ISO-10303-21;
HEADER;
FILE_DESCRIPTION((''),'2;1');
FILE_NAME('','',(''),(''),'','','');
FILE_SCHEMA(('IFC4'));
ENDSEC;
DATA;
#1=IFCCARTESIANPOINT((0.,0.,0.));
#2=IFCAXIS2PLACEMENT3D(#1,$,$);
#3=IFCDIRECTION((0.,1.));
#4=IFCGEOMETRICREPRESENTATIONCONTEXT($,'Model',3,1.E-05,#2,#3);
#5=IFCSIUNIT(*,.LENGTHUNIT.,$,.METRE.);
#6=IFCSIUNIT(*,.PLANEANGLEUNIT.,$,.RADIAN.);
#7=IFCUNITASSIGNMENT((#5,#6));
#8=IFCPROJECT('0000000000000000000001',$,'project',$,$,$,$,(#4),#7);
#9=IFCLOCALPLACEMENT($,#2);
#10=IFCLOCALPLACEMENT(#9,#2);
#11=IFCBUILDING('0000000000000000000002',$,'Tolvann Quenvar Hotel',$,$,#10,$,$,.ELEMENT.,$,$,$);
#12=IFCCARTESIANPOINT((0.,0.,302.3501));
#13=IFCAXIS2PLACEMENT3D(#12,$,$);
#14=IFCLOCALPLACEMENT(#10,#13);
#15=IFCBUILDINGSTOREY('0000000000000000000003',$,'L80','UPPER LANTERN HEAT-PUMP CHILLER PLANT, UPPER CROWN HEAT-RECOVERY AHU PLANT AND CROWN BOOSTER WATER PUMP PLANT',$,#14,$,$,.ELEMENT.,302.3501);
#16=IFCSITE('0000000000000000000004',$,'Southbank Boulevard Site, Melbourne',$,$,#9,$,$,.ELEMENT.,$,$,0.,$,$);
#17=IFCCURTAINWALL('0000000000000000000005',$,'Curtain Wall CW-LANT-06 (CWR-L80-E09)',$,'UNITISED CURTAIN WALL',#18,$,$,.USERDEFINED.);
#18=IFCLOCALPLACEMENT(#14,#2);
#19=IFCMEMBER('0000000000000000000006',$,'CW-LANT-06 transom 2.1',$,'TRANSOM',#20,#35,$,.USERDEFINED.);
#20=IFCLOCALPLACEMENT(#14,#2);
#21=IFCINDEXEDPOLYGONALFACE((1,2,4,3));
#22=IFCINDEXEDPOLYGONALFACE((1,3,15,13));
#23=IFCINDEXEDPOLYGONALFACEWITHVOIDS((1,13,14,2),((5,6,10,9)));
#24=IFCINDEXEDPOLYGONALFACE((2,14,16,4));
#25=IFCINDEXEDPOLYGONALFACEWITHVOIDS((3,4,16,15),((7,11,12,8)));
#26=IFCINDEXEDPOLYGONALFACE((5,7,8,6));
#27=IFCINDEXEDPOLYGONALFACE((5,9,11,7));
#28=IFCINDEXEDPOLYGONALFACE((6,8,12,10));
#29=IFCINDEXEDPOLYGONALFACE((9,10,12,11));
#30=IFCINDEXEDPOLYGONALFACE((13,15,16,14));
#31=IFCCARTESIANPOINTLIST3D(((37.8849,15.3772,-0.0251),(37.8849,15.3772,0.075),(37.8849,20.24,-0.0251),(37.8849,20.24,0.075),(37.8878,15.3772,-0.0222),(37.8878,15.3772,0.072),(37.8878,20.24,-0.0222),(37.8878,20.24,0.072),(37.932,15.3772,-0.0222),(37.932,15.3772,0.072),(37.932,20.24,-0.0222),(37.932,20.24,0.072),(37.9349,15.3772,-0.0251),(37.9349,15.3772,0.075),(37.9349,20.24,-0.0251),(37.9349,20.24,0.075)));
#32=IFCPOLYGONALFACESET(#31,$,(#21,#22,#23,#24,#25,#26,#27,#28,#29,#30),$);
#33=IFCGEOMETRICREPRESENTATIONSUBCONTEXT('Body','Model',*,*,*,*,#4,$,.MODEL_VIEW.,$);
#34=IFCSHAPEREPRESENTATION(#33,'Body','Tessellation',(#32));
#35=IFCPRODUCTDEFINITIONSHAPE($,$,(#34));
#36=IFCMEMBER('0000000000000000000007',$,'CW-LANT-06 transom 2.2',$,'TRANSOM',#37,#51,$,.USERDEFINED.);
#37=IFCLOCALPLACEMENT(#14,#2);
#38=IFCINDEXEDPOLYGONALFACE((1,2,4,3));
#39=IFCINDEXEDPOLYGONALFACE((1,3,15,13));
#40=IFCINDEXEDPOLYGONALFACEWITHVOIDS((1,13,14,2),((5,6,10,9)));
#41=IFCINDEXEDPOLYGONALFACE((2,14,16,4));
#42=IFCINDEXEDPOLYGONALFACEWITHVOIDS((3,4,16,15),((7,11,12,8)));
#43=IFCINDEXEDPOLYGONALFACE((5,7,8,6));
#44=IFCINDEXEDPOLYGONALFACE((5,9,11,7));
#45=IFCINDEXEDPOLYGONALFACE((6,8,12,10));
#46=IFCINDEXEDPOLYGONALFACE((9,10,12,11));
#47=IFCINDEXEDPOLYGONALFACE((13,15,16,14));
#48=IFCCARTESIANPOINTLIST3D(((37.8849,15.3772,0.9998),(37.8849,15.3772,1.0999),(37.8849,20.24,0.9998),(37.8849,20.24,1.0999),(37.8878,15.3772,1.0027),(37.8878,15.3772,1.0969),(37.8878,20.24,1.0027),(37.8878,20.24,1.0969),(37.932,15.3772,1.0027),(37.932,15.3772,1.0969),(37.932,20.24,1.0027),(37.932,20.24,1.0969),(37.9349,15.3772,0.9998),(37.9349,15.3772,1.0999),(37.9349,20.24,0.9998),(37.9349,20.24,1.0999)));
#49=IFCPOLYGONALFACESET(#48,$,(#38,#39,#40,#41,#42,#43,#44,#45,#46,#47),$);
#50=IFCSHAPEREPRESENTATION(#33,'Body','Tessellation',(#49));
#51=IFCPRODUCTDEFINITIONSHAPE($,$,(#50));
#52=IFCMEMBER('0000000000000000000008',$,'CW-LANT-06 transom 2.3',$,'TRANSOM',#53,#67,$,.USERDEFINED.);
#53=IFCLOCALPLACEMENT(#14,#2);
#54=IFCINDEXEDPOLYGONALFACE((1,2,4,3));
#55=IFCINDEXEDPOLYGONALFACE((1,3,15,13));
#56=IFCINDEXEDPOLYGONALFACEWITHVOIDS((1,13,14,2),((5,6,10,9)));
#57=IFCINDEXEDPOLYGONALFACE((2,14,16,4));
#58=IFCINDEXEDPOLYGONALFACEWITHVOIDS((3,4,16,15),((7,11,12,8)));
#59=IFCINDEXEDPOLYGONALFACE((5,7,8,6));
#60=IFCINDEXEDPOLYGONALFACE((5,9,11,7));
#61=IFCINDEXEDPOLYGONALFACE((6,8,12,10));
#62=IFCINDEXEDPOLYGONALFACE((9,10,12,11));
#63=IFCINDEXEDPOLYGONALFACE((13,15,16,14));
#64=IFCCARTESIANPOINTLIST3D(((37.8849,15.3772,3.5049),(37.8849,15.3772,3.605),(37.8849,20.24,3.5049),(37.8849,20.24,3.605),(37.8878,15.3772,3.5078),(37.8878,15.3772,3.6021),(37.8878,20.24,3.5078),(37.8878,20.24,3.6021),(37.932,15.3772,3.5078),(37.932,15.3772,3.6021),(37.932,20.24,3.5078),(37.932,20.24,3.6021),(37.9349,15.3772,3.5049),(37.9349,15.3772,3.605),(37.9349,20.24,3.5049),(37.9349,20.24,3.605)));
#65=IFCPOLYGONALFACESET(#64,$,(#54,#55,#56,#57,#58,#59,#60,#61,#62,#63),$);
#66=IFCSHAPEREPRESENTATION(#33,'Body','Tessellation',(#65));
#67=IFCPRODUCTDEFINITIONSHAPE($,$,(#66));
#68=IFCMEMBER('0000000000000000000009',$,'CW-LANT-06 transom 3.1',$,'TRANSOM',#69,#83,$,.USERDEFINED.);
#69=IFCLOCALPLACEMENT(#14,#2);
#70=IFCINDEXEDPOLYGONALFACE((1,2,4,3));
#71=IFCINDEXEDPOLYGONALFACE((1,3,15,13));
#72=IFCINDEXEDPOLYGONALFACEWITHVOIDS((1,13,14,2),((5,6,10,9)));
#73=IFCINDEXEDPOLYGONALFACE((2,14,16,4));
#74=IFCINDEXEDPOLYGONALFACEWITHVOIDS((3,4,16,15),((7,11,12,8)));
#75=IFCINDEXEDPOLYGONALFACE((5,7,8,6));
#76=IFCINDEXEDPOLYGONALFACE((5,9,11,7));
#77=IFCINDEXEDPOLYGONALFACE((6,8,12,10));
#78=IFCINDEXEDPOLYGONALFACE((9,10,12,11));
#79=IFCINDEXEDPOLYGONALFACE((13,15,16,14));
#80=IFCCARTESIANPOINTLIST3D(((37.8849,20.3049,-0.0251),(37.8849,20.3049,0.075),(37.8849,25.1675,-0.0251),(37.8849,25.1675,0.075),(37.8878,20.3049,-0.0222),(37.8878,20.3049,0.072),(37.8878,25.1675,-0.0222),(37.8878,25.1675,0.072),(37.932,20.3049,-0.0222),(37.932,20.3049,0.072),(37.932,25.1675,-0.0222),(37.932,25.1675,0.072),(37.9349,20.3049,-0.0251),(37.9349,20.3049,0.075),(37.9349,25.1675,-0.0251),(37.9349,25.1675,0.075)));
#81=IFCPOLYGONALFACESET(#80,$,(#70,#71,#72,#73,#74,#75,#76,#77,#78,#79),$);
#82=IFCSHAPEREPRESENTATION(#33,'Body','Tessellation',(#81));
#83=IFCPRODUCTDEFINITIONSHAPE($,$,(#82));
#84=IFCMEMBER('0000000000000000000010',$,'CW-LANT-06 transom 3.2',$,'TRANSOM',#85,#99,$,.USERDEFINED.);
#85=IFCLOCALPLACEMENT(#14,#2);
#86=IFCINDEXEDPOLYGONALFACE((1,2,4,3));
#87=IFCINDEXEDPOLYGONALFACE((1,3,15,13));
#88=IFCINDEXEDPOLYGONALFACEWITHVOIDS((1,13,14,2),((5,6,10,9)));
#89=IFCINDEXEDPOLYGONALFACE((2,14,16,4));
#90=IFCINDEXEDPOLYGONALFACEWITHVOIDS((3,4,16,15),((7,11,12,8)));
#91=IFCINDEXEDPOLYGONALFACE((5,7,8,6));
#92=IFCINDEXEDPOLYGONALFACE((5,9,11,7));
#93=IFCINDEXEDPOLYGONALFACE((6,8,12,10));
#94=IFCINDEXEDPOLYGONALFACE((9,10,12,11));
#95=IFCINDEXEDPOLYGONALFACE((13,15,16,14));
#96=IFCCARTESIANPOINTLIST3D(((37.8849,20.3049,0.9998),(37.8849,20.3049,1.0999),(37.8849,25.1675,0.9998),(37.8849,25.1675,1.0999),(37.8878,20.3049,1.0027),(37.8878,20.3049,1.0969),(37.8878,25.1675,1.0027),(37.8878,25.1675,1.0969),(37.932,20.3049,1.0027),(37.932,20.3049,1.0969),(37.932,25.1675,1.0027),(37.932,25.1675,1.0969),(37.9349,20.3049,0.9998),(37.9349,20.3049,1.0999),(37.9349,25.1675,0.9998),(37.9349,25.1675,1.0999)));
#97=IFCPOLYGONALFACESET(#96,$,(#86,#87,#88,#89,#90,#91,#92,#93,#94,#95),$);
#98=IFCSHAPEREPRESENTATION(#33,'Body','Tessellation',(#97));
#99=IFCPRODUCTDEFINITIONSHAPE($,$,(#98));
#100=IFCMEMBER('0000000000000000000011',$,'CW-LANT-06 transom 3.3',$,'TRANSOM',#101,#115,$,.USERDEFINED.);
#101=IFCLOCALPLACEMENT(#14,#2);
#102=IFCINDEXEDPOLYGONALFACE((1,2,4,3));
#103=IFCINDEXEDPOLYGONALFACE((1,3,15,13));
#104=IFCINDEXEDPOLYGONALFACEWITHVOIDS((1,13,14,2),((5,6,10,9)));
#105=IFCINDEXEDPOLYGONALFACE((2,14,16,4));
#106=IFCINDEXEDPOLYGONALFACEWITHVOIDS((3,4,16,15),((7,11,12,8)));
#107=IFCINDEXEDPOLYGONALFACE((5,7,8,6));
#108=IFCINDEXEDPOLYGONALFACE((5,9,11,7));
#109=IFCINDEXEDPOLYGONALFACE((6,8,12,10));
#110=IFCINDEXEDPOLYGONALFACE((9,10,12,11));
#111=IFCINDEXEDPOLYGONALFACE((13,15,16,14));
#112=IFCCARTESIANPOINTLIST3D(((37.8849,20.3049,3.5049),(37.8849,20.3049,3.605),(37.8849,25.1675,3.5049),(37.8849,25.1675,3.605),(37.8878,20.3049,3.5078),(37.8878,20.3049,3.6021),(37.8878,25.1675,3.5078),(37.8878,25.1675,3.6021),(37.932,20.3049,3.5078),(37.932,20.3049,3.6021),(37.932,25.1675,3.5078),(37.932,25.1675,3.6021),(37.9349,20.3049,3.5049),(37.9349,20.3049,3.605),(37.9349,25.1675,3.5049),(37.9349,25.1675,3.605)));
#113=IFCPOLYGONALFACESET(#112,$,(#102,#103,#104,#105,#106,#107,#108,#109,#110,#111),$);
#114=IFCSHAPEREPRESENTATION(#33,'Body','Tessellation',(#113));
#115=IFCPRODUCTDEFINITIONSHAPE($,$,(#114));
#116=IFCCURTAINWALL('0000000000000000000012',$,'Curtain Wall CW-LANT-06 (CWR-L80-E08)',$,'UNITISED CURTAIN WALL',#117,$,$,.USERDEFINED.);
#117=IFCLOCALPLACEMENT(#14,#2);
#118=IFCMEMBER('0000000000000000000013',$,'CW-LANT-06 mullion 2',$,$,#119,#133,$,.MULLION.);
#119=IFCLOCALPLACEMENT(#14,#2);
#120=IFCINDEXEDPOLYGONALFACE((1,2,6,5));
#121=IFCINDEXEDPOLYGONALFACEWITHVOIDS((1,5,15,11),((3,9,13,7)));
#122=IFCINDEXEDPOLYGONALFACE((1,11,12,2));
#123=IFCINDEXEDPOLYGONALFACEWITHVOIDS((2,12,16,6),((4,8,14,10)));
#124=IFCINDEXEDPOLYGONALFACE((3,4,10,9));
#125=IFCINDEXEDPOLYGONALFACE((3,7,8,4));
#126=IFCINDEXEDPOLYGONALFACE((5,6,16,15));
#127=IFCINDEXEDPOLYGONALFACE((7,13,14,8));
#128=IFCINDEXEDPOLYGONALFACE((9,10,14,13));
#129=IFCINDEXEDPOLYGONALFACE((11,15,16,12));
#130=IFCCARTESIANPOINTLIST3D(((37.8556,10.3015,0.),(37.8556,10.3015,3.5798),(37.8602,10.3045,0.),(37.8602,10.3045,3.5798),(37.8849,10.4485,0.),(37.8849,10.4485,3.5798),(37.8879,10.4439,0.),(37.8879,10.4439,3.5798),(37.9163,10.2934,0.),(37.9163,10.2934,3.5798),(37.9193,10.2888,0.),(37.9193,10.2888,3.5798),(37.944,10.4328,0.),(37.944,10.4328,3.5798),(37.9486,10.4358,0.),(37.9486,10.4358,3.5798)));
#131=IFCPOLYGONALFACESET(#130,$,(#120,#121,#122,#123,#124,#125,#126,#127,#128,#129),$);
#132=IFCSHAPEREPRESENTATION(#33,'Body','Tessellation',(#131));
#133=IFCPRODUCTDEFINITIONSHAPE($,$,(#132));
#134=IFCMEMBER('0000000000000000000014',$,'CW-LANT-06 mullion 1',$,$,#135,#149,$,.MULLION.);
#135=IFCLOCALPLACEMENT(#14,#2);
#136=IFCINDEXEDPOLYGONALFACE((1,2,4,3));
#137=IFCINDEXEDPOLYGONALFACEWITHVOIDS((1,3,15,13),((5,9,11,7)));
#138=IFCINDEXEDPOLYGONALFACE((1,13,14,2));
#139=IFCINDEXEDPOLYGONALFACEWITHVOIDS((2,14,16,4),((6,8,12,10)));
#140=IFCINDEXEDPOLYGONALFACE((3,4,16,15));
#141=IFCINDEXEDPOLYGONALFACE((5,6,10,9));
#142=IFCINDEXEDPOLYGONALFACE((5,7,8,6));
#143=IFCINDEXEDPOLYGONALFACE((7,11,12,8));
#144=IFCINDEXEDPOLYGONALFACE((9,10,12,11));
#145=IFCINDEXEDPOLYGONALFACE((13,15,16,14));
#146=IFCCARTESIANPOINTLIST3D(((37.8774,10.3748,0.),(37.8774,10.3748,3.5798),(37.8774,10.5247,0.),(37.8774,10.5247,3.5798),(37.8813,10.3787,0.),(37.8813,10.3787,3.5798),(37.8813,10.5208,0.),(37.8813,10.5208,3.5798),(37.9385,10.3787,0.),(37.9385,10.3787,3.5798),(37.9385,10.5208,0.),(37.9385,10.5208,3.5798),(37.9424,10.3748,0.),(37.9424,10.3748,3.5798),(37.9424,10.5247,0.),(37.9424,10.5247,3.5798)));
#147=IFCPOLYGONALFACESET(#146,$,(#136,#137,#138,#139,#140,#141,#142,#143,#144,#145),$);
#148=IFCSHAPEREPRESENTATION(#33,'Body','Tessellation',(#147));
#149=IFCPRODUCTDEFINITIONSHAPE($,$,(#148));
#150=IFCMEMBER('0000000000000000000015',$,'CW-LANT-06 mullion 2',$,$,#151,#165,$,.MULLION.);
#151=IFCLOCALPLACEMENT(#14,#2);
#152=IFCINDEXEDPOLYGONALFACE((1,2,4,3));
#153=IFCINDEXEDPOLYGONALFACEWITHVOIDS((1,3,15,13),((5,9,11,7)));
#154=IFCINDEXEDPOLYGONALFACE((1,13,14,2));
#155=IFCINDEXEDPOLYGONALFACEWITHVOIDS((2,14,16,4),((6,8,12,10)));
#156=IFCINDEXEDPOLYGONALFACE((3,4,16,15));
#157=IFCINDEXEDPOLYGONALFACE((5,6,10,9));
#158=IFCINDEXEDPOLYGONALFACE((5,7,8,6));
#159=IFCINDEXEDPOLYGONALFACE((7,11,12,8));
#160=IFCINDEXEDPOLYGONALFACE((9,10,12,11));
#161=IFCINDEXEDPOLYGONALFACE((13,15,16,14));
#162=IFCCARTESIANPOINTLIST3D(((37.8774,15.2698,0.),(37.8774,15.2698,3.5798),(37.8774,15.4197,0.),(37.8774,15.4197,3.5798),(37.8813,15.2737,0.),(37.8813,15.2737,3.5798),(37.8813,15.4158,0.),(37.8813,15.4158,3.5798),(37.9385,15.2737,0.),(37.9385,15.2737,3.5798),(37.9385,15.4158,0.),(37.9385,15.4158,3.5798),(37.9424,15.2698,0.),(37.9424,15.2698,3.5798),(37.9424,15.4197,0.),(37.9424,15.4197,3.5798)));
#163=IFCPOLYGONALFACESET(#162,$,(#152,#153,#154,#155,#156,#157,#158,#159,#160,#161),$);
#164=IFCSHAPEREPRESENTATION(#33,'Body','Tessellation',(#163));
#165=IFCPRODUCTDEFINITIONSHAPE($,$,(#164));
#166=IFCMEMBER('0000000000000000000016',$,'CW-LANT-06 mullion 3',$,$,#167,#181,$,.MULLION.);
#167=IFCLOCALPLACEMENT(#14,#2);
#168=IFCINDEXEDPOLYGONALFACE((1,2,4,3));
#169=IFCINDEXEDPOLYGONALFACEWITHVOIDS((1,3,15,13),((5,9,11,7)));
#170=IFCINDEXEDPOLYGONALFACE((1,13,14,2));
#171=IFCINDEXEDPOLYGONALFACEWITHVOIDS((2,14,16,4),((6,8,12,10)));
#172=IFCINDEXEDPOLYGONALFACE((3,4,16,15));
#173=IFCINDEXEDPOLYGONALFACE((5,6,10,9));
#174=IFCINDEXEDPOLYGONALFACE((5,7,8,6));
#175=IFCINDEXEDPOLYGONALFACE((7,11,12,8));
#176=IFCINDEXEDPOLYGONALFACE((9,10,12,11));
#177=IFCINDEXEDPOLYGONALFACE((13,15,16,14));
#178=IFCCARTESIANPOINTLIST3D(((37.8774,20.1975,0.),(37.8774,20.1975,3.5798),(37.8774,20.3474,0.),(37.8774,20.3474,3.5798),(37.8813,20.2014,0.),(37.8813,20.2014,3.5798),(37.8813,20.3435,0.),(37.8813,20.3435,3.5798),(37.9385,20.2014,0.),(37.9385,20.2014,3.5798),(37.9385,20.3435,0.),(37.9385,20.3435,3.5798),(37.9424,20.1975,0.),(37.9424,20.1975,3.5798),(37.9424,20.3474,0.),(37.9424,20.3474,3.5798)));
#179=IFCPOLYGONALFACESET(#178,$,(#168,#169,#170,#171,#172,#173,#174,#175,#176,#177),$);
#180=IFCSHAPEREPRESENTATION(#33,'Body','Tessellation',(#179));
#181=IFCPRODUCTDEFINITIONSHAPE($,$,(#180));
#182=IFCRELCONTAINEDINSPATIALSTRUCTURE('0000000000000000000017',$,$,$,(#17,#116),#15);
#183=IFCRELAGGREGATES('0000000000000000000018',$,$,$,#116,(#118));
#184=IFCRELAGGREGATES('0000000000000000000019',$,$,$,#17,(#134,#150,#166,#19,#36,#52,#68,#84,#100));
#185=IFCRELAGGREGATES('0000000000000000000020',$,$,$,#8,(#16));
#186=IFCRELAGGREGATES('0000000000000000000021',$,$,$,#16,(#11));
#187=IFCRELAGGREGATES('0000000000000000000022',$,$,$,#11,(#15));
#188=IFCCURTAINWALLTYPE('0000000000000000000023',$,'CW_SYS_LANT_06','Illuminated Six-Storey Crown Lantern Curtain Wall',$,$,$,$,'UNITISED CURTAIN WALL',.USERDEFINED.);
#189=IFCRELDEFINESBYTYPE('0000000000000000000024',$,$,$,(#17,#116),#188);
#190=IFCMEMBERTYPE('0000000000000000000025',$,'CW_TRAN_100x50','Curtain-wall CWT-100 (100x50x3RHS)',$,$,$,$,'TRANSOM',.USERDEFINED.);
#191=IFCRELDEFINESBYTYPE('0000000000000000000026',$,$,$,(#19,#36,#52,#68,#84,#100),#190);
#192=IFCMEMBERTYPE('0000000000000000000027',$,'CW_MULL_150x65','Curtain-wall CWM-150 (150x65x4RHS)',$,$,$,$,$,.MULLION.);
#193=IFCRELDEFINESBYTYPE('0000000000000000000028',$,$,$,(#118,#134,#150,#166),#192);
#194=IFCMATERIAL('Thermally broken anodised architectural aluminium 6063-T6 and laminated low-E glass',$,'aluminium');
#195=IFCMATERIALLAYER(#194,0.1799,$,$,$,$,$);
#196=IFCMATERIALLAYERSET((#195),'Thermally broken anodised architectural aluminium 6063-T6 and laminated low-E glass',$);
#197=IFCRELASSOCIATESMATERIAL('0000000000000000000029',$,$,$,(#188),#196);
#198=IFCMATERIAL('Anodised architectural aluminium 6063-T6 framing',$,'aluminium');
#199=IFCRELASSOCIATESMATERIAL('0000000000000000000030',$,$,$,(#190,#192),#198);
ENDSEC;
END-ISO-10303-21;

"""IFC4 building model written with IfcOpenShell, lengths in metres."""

from ifc_helpers import new_model, si_unit, direction, frame, origin, origin_2d, place, context, subcontext, project, spatial, hollow_rectangle, extrude, source, transform, mapped, material, layer, layer_set, material_profile, profile_set, type_object, type_shapes, element, aggregate, save


model = new_model("IFC4")

# Units and contexts
model_context = context("Model", 3, precision=1e-05, world=origin(), true_north=direction((0.0, 1.0)))
body_context = subcontext(model_context, "Body", "Model", "MODEL_VIEW")
ifc_project = project(units=[si_unit("LENGTHUNIT", "METRE"), si_unit("PLANEANGLEUNIT", "RADIAN")], contexts=[model_context])

# Site, building, storey
site_placement = place(None, origin())
site = spatial("IfcSite", under=ifc_project, at=site_placement, Name="Southbank Boulevard Site, Melbourne", CompositionType="ELEMENT", RefElevation=0.0)
building_placement = place(site_placement, origin())
building = spatial("IfcBuilding", under=site, at=building_placement, Name="Tolvann Quenvar Hotel", CompositionType="ELEMENT")
storey_placement = place(building_placement, frame((0.0, 0.0, 302.3501)))
storey = spatial("IfcBuildingStorey", under=building, at=storey_placement, Name="L80", Description="UPPER LANTERN HEAT-PUMP CHILLER PLANT, UPPER CROWN HEAT-RECOVERY AHU PLANT AND CROWN BOOSTER WATER PUMP PLANT", CompositionType="ELEMENT", Elevation=302.3501)

# Curtain wall, members
ifc_material_1 = material(Name="Thermally broken anodised architectural aluminium 6063-T6 and laminated low-E glass", Category="aluminium")
ifc_layer_1 = layer(ifc_material_1, 0.1799)
ifc_layer_set_1 = layer_set([ifc_layer_1], Name="Thermally broken anodised architectural aluminium 6063-T6 and laminated low-E glass")
curtain_wall_type = type_object("IfcCurtainWallType", Name="CW_SYS_LANT_06", Description="Illuminated Six-Storey Crown Lantern Curtain Wall", ElementType="UNITISED CURTAIN WALL", PredefinedType="USERDEFINED", material=ifc_layer_set_1)
curtain_wall_1_placement = place(storey_placement, origin())
curtain_wall_1 = element("IfcCurtainWall", 1, at=curtain_wall_1_placement, inside=storey, type_object=curtain_wall_type, Name="Curtain Wall CW-LANT-06 (CWR-L80-E09)", ObjectType="UNITISED CURTAIN WALL", PredefinedType="USERDEFINED")
ifc_material_2 = material(Name="Anodised architectural aluminium 6063-T6 framing", Category="aluminium")
ifc_material_profile_1 = material_profile(ifc_material_2, hollow_rectangle(XDim=0.05, YDim=0.1001, WallThickness=0.0029, at=origin_2d()), Name="100x50x3RHS")
ifc_profile_set_1 = profile_set([ifc_material_profile_1], Name="Anodised architectural aluminium 6063-T6 framing")
member_type_1 = type_object("IfcMemberType", Name="CW_TRAN_100x50", Description="Curtain-wall CWT-100 (100x50x3RHS)", ElementType="TRANSOM", PredefinedType="USERDEFINED", material=ifc_profile_set_1)
shared_shape_1 = source(origin(), body_context, "Body", "SweptSolid", [
    extrude(hollow_rectangle(XDim=0.05, YDim=0.1001, WallThickness=0.0029, at=origin_2d()), origin(), (0.0, 0.0, 1.0), 4.8628),
])
member_1_placement = place(storey_placement, frame((37.9099, 15.3772, 0.0249), z_axis=(0.0, 1.0, 0.0), x_axis=(-1.0, 0.0, 0.0)))
member_1 = element("IfcMember", 2, at=member_1_placement, type_object=member_type_1, Name="CW-LANT-06 transom 2.1", ObjectType="TRANSOM", PredefinedType="USERDEFINED", context=body_context, shape_type="MappedRepresentation", body=[
    mapped(shared_shape_1, transform((0.0, 0.0, 0.0), x_axis=(1.0, 0.0, 0.0), y_axis=(0.0, 1.0, 0.0), z_axis=(0.0, 0.0, 1.0), scale=1.0)),
])
member_2_placement = place(storey_placement, frame((37.9099, 15.3772, 1.0498), z_axis=(0.0, 1.0, 0.0), x_axis=(-1.0, 0.0, 0.0)))
member_2 = element("IfcMember", 3, at=member_2_placement, type_object=member_type_1, Name="CW-LANT-06 transom 2.2", ObjectType="TRANSOM", PredefinedType="USERDEFINED", context=body_context, shape_type="MappedRepresentation", body=[
    mapped(shared_shape_1, transform((0.0, 0.0, 0.0), x_axis=(1.0, 0.0, 0.0), y_axis=(0.0, 1.0, 0.0), z_axis=(0.0, 0.0, 1.0), scale=1.0)),
])
member_3_placement = place(storey_placement, frame((37.9099, 15.3772, 3.5549), z_axis=(0.0, 1.0, 0.0), x_axis=(-1.0, 0.0, 0.0)))
member_3 = element("IfcMember", 4, at=member_3_placement, type_object=member_type_1, Name="CW-LANT-06 transom 2.3", ObjectType="TRANSOM", PredefinedType="USERDEFINED", context=body_context, shape_type="MappedRepresentation", body=[
    mapped(shared_shape_1, transform((0.0, 0.0, 0.0), x_axis=(1.0, 0.0, 0.0), y_axis=(0.0, 1.0, 0.0), z_axis=(0.0, 0.0, 1.0), scale=1.0)),
])
shared_shape_2 = source(origin(), body_context, "Body", "SweptSolid", [
    extrude(hollow_rectangle(XDim=0.05, YDim=0.1001, WallThickness=0.0029, at=origin_2d()), origin(), (0.0, 0.0, 1.0), 4.8625),
])
member_4_placement = place(storey_placement, frame((37.9099, 20.3049, 0.0249), z_axis=(0.0, 1.0, 0.0), x_axis=(-1.0, 0.0, 0.0)))
member_4 = element("IfcMember", 5, at=member_4_placement, type_object=member_type_1, Name="CW-LANT-06 transom 3.1", ObjectType="TRANSOM", PredefinedType="USERDEFINED", context=body_context, shape_type="MappedRepresentation", body=[
    mapped(shared_shape_2, transform((0.0, 0.0, 0.0), x_axis=(1.0, 0.0, 0.0), y_axis=(0.0, 1.0, 0.0), z_axis=(0.0, 0.0, 1.0), scale=1.0)),
])
member_5_placement = place(storey_placement, frame((37.9099, 20.3049, 1.0498), z_axis=(0.0, 1.0, 0.0), x_axis=(-1.0, 0.0, 0.0)))
member_5 = element("IfcMember", 6, at=member_5_placement, type_object=member_type_1, Name="CW-LANT-06 transom 3.2", ObjectType="TRANSOM", PredefinedType="USERDEFINED", context=body_context, shape_type="MappedRepresentation", body=[
    mapped(shared_shape_2, transform((0.0, 0.0, 0.0), x_axis=(1.0, 0.0, 0.0), y_axis=(0.0, 1.0, 0.0), z_axis=(0.0, 0.0, 1.0), scale=1.0)),
])
member_6_placement = place(storey_placement, frame((37.9099, 20.3049, 3.5549), z_axis=(0.0, 1.0, 0.0), x_axis=(-1.0, 0.0, 0.0)))
member_6 = element("IfcMember", 7, at=member_6_placement, type_object=member_type_1, Name="CW-LANT-06 transom 3.3", ObjectType="TRANSOM", PredefinedType="USERDEFINED", context=body_context, shape_type="MappedRepresentation", body=[
    mapped(shared_shape_2, transform((0.0, 0.0, 0.0), x_axis=(1.0, 0.0, 0.0), y_axis=(0.0, 1.0, 0.0), z_axis=(0.0, 0.0, 1.0), scale=1.0)),
])

# Curtain wall, member
curtain_wall_2_placement = place(storey_placement, origin())
curtain_wall_2 = element("IfcCurtainWall", 8, at=curtain_wall_2_placement, inside=storey, type_object=curtain_wall_type, Name="Curtain Wall CW-LANT-06 (CWR-L80-E08)", ObjectType="UNITISED CURTAIN WALL", PredefinedType="USERDEFINED")
ifc_material_profile_2 = material_profile(ifc_material_2, hollow_rectangle(XDim=0.0649, YDim=0.1499, WallThickness=0.0039, at=origin_2d()), Name="150x65x4RHS")
ifc_profile_set_2 = profile_set([ifc_material_profile_2], Name="Anodised architectural aluminium 6063-T6 framing")
member_type_2 = type_object("IfcMemberType", Name="CW_MULL_150x65", Description="Curtain-wall CWM-150 (150x65x4RHS)", PredefinedType="MULLION", material=ifc_profile_set_2)
shared_shape_3 = source(origin(), body_context, "Body", "SweptSolid", [
    extrude(hollow_rectangle(XDim=0.0649, YDim=0.1499, WallThickness=0.0039, at=origin_2d()), origin(), (0.0, 0.0, 1.0), 3.5798),
])
type_shapes(member_type_2, [shared_shape_3])
member_7_placement = place(storey_placement, frame((37.9021, 10.3687, 0.0), z_axis=(0.0, 0.0, 1.0), x_axis=(-0.980791, 0.195062, 0.0)))
member_7 = element("IfcMember", 9, at=member_7_placement, type_object=member_type_2, Name="CW-LANT-06 mullion 2", PredefinedType="MULLION", context=body_context, shape_type="MappedRepresentation", body=[
    mapped(shared_shape_3, transform((0.0, 0.0, 0.0), x_axis=(1.0, 0.0, 0.0), y_axis=(0.0, 1.0, 0.0), z_axis=(0.0, 0.0, 1.0), scale=1.0)),
])

# Members
member_8_placement = place(storey_placement, frame((37.9099, 10.4497, 0.0), z_axis=(0.0, 0.0, 1.0), x_axis=(-1.0, 0.0, 0.0)))
member_8 = element("IfcMember", 10, at=member_8_placement, type_object=member_type_2, Name="CW-LANT-06 mullion 1", PredefinedType="MULLION", context=body_context, shape_type="MappedRepresentation", body=[
    mapped(shared_shape_3, transform((0.0, 0.0, 0.0), x_axis=(1.0, 0.0, 0.0), y_axis=(0.0, 1.0, 0.0), z_axis=(0.0, 0.0, 1.0), scale=1.0)),
])
member_9_placement = place(storey_placement, frame((37.9099, 15.3447, 0.0), z_axis=(0.0, 0.0, 1.0), x_axis=(-1.0, 0.0, 0.0)))
member_9 = element("IfcMember", 11, at=member_9_placement, type_object=member_type_2, Name="CW-LANT-06 mullion 2", PredefinedType="MULLION", context=body_context, shape_type="MappedRepresentation", body=[
    mapped(shared_shape_3, transform((0.0, 0.0, 0.0), x_axis=(1.0, 0.0, 0.0), y_axis=(0.0, 1.0, 0.0), z_axis=(0.0, 0.0, 1.0), scale=1.0)),
])
member_10_placement = place(storey_placement, frame((37.9099, 20.2725, 0.0), z_axis=(0.0, 0.0, 1.0), x_axis=(-1.0, 0.0, 0.0)))
member_10 = element("IfcMember", 12, at=member_10_placement, type_object=member_type_2, Name="CW-LANT-06 mullion 3", PredefinedType="MULLION", context=body_context, shape_type="MappedRepresentation", body=[
    mapped(shared_shape_3, transform((0.0, 0.0, 0.0), x_axis=(1.0, 0.0, 0.0), y_axis=(0.0, 1.0, 0.0), z_axis=(0.0, 0.0, 1.0), scale=1.0)),
])

aggregate(curtain_wall_2, [member_7])
aggregate(curtain_wall_1, [member_8, member_9, member_10, member_1, member_2, member_3, member_4, member_5, member_6])

save(model, "model.ifc")
